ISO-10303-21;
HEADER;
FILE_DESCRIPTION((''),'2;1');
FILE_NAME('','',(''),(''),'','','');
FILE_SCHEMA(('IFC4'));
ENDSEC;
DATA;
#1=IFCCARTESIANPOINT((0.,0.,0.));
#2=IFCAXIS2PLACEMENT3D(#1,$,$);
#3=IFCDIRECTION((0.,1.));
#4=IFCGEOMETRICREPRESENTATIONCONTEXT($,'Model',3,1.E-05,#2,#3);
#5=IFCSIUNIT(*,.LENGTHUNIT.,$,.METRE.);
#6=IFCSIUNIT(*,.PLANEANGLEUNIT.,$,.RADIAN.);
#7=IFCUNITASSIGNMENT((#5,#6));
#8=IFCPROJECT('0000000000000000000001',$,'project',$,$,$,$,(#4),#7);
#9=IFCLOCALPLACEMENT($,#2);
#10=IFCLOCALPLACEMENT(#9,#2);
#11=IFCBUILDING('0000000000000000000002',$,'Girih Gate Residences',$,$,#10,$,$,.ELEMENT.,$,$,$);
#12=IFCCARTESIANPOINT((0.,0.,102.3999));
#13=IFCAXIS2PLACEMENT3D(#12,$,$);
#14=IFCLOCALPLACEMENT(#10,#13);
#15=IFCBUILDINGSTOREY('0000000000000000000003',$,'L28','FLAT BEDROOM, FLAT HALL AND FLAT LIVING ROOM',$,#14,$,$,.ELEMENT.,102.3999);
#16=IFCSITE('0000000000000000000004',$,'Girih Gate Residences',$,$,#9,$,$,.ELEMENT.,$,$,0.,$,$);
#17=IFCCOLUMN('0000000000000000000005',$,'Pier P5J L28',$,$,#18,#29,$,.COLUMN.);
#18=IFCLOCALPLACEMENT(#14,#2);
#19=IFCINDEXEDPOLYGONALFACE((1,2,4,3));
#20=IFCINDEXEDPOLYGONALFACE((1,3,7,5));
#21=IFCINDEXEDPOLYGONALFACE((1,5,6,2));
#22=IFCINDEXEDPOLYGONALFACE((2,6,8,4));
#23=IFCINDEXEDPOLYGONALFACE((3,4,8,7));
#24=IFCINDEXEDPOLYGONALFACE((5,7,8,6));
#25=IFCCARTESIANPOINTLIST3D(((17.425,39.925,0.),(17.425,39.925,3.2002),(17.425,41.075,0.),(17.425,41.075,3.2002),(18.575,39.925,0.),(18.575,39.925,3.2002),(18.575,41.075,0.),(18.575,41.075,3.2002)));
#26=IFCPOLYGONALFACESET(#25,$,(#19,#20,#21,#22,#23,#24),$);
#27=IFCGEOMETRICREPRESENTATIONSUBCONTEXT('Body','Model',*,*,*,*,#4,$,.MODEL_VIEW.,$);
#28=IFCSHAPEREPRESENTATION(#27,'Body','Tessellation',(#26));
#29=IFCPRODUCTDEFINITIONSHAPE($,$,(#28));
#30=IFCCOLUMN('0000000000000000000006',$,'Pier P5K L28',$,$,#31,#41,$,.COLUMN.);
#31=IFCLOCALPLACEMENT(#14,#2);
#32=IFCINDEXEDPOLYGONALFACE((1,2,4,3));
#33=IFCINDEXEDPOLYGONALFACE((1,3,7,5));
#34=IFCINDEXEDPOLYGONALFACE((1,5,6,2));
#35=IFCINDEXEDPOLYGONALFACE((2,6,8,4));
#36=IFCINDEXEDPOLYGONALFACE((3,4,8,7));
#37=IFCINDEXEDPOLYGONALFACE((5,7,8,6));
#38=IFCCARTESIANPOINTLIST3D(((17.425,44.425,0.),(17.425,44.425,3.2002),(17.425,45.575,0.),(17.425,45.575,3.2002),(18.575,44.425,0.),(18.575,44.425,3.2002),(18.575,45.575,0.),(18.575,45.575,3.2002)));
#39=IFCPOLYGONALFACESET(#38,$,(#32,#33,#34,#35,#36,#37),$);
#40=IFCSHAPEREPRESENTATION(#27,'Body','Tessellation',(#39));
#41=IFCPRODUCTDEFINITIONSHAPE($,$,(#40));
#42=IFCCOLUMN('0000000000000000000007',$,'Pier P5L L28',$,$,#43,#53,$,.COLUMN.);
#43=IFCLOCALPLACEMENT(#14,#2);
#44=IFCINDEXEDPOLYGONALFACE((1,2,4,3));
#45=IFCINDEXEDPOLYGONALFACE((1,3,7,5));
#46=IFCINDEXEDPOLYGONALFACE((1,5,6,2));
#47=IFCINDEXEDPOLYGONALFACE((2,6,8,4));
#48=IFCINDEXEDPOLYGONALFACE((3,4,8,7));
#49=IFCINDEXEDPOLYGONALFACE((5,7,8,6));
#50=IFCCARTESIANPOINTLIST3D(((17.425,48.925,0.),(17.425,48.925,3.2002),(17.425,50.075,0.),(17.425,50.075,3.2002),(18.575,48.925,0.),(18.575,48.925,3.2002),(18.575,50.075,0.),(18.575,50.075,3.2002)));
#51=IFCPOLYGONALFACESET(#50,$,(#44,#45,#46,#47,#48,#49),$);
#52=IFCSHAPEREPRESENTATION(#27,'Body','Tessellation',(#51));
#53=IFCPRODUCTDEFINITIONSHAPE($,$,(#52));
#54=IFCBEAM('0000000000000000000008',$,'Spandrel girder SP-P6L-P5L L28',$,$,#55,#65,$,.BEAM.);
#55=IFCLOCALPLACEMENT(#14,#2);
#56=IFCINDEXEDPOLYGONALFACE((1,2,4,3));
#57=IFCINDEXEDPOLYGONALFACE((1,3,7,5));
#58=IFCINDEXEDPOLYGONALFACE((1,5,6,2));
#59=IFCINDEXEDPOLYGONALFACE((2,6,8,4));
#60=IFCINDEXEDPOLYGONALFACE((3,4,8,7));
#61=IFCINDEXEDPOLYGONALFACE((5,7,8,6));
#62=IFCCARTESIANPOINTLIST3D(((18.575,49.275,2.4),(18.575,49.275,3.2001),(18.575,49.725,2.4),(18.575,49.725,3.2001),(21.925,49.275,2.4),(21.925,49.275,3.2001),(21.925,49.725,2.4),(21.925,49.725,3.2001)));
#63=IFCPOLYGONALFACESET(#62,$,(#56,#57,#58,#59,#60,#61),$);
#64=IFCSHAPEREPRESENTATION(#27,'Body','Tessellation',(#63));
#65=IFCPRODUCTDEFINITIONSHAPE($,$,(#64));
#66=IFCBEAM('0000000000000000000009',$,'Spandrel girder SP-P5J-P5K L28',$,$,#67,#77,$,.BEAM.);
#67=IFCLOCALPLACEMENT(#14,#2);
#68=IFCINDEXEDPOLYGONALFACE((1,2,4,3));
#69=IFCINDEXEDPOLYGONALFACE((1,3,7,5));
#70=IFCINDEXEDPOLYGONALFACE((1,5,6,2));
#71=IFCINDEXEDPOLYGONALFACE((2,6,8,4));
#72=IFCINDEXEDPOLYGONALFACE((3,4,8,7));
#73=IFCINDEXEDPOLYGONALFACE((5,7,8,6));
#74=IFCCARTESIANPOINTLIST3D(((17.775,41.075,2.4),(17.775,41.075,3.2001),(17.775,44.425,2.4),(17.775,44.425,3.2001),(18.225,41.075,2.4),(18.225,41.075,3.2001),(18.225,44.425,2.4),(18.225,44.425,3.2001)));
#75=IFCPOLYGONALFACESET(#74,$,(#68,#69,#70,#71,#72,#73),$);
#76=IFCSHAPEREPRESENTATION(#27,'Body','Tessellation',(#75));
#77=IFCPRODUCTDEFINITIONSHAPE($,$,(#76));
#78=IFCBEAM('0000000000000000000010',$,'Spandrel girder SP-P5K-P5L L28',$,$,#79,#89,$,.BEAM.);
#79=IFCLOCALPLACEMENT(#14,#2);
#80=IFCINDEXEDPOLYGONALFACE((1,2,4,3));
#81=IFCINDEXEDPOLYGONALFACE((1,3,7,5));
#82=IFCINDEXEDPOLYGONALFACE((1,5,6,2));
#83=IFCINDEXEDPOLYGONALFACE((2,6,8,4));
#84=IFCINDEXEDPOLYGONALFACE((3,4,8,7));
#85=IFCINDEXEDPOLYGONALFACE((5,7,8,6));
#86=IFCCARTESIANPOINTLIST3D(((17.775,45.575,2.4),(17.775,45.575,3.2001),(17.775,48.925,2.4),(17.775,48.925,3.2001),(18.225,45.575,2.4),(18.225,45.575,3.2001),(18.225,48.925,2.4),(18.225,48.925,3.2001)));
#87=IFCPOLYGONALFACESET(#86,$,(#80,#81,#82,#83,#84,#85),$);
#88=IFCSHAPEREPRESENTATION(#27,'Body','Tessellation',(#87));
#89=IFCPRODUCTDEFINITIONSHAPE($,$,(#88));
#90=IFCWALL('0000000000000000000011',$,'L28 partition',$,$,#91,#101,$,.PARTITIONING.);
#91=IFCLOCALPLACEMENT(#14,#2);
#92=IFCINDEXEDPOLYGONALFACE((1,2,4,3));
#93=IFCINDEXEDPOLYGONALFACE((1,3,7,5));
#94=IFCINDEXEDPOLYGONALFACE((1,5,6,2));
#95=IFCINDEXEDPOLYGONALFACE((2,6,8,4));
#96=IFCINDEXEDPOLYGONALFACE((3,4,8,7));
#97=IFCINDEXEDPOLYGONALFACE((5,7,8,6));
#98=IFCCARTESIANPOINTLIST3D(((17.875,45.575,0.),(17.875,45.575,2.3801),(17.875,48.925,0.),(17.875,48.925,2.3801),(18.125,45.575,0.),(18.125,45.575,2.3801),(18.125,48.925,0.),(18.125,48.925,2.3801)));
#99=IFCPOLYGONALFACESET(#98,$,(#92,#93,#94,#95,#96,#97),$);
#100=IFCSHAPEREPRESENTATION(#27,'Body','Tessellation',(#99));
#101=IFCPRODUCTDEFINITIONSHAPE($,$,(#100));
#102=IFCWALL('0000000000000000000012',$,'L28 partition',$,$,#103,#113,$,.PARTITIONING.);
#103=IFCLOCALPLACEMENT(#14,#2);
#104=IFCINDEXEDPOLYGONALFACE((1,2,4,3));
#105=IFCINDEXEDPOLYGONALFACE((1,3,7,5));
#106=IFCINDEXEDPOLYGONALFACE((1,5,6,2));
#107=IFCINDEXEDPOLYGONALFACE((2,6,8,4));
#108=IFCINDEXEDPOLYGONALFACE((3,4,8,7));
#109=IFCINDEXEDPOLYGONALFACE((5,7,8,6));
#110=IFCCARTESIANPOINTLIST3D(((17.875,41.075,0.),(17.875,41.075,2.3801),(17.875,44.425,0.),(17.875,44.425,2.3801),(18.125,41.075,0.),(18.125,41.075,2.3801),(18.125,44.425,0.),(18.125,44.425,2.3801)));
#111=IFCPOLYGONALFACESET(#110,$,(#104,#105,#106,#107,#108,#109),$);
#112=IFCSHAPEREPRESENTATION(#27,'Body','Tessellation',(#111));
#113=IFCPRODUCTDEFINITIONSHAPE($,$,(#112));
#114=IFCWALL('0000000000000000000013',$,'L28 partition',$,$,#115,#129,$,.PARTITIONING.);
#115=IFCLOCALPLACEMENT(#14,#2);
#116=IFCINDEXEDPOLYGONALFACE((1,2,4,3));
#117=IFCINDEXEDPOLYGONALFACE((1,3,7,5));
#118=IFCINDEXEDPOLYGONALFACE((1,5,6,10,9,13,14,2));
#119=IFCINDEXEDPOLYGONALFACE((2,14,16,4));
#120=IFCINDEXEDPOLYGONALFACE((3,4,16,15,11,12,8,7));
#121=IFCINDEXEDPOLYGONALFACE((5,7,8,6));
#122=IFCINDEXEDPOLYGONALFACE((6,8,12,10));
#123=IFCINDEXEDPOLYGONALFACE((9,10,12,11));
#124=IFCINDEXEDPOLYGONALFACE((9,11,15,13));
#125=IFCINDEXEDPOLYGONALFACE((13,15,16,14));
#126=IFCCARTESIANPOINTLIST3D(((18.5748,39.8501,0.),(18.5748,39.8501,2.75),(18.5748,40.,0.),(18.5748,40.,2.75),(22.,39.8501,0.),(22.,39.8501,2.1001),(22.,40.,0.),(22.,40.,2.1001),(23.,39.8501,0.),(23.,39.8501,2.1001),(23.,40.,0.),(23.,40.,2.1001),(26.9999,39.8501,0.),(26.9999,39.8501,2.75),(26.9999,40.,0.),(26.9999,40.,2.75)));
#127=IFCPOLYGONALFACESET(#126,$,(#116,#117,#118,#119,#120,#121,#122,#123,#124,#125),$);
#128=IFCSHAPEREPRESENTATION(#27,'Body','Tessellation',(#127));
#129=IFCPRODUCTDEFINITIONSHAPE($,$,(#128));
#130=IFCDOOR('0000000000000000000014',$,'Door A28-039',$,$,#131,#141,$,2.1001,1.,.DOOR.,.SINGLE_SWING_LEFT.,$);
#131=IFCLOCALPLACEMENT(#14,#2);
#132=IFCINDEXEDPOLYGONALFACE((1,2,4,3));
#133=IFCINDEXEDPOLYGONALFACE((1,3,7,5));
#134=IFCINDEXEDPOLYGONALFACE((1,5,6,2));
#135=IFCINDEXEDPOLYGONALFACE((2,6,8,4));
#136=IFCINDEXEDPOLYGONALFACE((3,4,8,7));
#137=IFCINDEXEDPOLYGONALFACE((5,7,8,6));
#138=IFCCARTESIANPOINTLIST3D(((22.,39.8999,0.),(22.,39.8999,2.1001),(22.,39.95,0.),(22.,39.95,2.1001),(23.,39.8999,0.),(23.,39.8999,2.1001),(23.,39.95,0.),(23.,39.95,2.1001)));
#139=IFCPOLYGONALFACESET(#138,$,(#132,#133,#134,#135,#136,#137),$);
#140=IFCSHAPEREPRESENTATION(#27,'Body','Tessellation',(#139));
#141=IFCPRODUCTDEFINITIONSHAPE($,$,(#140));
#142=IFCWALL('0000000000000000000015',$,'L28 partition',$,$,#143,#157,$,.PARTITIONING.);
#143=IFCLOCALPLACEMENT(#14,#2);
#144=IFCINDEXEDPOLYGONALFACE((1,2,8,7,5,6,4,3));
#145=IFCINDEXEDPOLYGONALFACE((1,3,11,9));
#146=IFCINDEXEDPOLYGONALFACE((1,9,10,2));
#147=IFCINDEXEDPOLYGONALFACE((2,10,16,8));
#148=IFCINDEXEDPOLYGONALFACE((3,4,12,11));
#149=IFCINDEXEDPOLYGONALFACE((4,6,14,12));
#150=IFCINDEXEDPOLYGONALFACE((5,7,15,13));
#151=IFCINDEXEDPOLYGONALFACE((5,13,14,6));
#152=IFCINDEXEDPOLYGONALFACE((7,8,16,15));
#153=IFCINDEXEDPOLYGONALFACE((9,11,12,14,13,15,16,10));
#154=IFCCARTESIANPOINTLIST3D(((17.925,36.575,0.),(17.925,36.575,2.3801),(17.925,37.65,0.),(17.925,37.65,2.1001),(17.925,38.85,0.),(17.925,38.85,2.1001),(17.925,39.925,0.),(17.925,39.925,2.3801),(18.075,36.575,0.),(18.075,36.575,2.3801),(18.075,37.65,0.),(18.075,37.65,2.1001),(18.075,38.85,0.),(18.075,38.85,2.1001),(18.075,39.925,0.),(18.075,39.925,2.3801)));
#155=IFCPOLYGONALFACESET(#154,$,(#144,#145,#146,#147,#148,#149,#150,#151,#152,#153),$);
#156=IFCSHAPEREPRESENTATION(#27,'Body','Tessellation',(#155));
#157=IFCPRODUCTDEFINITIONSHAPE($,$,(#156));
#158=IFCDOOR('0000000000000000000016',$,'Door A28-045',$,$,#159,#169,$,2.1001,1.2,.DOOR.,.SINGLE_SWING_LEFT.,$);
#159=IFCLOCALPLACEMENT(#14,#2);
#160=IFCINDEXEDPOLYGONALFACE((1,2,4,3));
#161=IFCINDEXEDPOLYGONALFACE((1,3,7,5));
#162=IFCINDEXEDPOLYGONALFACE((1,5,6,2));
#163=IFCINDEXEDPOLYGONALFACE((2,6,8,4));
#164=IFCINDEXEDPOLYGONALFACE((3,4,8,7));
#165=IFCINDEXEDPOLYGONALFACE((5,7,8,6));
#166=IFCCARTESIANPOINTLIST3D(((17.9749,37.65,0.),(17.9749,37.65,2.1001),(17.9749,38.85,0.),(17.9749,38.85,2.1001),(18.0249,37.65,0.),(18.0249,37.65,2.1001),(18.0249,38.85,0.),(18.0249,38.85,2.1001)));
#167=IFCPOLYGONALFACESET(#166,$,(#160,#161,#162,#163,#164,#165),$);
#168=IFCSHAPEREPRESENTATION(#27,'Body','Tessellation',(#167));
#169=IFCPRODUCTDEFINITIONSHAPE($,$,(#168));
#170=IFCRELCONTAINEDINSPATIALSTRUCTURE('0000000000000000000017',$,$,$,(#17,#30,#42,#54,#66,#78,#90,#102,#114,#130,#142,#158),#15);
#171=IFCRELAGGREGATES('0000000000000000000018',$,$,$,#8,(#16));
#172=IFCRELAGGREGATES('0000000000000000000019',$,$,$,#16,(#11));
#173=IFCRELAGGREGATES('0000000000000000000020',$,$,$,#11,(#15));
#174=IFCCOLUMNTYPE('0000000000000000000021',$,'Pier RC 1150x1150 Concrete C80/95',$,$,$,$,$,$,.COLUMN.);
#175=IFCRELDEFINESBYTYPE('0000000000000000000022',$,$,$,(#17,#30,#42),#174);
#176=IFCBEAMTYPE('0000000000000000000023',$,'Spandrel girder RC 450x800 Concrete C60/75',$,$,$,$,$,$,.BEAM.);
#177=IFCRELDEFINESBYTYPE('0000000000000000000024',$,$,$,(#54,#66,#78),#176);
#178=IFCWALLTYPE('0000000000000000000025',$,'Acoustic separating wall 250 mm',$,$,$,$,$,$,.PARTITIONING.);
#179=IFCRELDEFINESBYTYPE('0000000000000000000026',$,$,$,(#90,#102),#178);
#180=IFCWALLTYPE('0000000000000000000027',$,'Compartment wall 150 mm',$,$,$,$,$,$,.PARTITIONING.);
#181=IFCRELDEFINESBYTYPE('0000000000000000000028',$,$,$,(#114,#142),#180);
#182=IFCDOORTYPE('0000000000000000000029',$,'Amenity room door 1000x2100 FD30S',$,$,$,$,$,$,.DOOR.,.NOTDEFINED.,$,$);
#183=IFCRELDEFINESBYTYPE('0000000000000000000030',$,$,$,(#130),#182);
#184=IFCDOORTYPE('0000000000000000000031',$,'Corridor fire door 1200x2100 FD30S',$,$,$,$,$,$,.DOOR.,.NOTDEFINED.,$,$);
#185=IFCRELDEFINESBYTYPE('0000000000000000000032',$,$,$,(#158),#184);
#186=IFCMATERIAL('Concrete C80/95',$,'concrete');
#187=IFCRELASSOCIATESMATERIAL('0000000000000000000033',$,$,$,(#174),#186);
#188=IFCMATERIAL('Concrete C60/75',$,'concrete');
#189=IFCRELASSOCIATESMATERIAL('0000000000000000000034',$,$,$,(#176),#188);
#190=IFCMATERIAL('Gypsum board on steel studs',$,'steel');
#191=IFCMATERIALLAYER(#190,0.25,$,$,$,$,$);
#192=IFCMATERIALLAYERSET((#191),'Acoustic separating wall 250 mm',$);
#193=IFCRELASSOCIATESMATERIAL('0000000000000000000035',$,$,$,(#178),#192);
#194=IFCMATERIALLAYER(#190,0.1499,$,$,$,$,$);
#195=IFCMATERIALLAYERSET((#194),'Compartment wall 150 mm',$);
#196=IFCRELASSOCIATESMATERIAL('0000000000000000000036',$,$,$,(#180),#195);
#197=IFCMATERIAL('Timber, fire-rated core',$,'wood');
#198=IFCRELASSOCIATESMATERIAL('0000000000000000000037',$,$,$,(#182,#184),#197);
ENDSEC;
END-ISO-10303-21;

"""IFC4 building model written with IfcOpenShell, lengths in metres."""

from ifc_helpers import new_model, si_unit, direction, frame, frame_2d, origin, origin_2d, place, context, subcontext, project, spatial, rectangle, extrude, material, layer, layer_set, material_profile, profile_set, type_object, element, fill, save


model = new_model("IFC4")

# Units and contexts
model_context = context("Model", 3, precision=1e-05, world=origin(), true_north=direction((0.0, 1.0)))
body_context = subcontext(model_context, "Body", "Model", "MODEL_VIEW")
ifc_project = project(units=[si_unit("LENGTHUNIT", "METRE"), si_unit("PLANEANGLEUNIT", "RADIAN")], contexts=[model_context])

# Site, building, storey
site_placement = place(None, origin())
site = spatial("IfcSite", under=ifc_project, at=site_placement, Name="Girih Gate Residences", CompositionType="ELEMENT", RefElevation=0.0)
building_placement = place(site_placement, origin())
building = spatial("IfcBuilding", under=site, at=building_placement, Name="Girih Gate Residences", CompositionType="ELEMENT")
storey_placement = place(building_placement, frame((0.0, 0.0, 102.3999)))
storey = spatial("IfcBuildingStorey", under=building, at=storey_placement, Name="L28", Description="FLAT BEDROOM, FLAT HALL AND FLAT LIVING ROOM", CompositionType="ELEMENT", Elevation=102.3999)

# Columns
ifc_material_1 = material(Name="Concrete C80/95", Category="concrete")
ifc_material_profile_1 = material_profile(ifc_material_1, rectangle(XDim=1.1499, YDim=1.1499, at=origin_2d()))
ifc_profile_set_1 = profile_set([ifc_material_profile_1], Name="Concrete C80/95")
column_type = type_object("IfcColumnType", Name="Pier RC 1150x1150 Concrete C80/95", PredefinedType="COLUMN", material=ifc_profile_set_1)
for number, where, z_axis, x_axis, name in (
    (1, (18.0, 40.5, 0.0), (0.0, 0.0, 1.0), (1.0, 0.0, 0.0), "Pier P5J L28"),
    (2, (18.0, 45.0, 0.0), (0.0, 0.0, 1.0), (1.0, 0.0, 0.0), "Pier P5K L28"),
    (3, (18.0, 49.5, 0.0), (0.0, 0.0, 1.0), (1.0, 0.0, 0.0), "Pier P5L L28"),
):
    element("IfcColumn", number, at=place(storey_placement, frame(where, z_axis=z_axis, x_axis=x_axis)), inside=storey, type_object=column_type, Name=name, PredefinedType="COLUMN", context=body_context, shape_type="SweptSolid", body=[
        extrude(rectangle(XDim=1.1499, YDim=1.1499, at=origin_2d()), origin(), (0.0, 0.0, 1.0), 3.2002),
    ])

# Beams
ifc_material_2 = material(Name="Concrete C60/75", Category="concrete")
ifc_material_profile_2 = material_profile(ifc_material_2, rectangle(XDim=0.45, YDim=0.8, at=origin_2d()))
ifc_profile_set_2 = profile_set([ifc_material_profile_2], Name="Concrete C60/75")
beam_type = type_object("IfcBeamType", Name="Spandrel girder RC 450x800 Concrete C60/75", PredefinedType="BEAM", material=ifc_profile_set_2)
for number, where, z_axis, x_axis, name in (
    (4, (21.925, 49.5, 2.8), (-1.0, 0.0, 0.0), (0.0, -1.0, 0.0), "Spandrel girder SP-P6L-P5L L28"),
    (5, (18.0, 41.075, 2.8), (0.0, 1.0, 0.0), (-1.0, 0.0, 0.0), "Spandrel girder SP-P5J-P5K L28"),
    (6, (18.0, 45.575, 2.8), (0.0, 1.0, 0.0), (-1.0, 0.0, 0.0), "Spandrel girder SP-P5K-P5L L28"),
):
    element("IfcBeam", number, at=place(storey_placement, frame(where, z_axis=z_axis, x_axis=x_axis)), inside=storey, type_object=beam_type, Name=name, PredefinedType="BEAM", context=body_context, shape_type="SweptSolid", body=[
        extrude(rectangle(XDim=0.45, YDim=0.8, at=origin_2d()), origin(), (0.0, 0.0, 1.0), 3.3501),
    ])

# Walls
ifc_material_3 = material(Name="Gypsum board on steel studs", Category="steel")
ifc_layer_1 = layer(ifc_material_3, 0.25)
ifc_layer_set_1 = layer_set([ifc_layer_1], Name="Acoustic separating wall 250 mm")
wall_type_1 = type_object("IfcWallType", Name="Acoustic separating wall 250 mm", PredefinedType="PARTITIONING", material=ifc_layer_set_1)
for number, where, z_axis, x_axis, name in (
    (7, (18.0, 45.575, 0.0), (0.0, 0.0, 1.0), (0.0, 1.0, 0.0), "L28 partition"),
    (8, (18.0, 41.075, 0.0), (0.0, 0.0, 1.0), (0.0, 1.0, 0.0), "L28 partition"),
):
    element("IfcWall", number, at=place(storey_placement, frame(where, z_axis=z_axis, x_axis=x_axis)), inside=storey, type_object=wall_type_1, Name=name, PredefinedType="PARTITIONING", context=body_context, shape_type="SweptSolid", body=[
        extrude(rectangle(XDim=3.3501, YDim=0.25, at=frame_2d((1.675, 0.0))), origin(), (0.0, 0.0, 1.0), 2.3801),
    ])

# Walls, openings, doors
ifc_layer_2 = layer(ifc_material_3, 0.1499)
ifc_layer_set_2 = layer_set([ifc_layer_2], Name="Compartment wall 150 mm")
wall_type_2 = type_object("IfcWallType", Name="Compartment wall 150 mm", PredefinedType="PARTITIONING", material=ifc_layer_set_2)
wall_1_placement = place(storey_placement, frame((18.575, 39.925, 0.0), z_axis=(0.0, 0.0, 1.0), x_axis=(1.0, 0.0, 0.0)))
wall_1 = element("IfcWall", 9, at=wall_1_placement, inside=storey, type_object=wall_type_2, Name="L28 partition", PredefinedType="PARTITIONING", context=body_context, shape_type="SweptSolid", body=[
    extrude(rectangle(XDim=8.425, YDim=0.1499, at=frame_2d((4.2124, 0.0))), origin(), (0.0, 0.0, 1.0), 2.75),
])
opening_1_placement = place(wall_1_placement, frame((3.425, 0.0, 0.0)))
opening_1 = element("IfcOpeningElement", 10, at=opening_1_placement, cuts=wall_1, PredefinedType="OPENING", context=body_context, shape_type="SweptSolid", body=[
    extrude(rectangle(XDim=1.0, YDim=2.1001, at=frame_2d((0.5, 1.05))), frame((0.0, 0.085, 0.0), z_axis=(0.0, -1.0, 0.0), x_axis=(1.0, 0.0, 0.0)), (0.0, 0.0, 1.0), 0.1699),
])
ifc_material_4 = material(Name="Timber, fire-rated core", Category="wood")
door_type_1 = type_object("IfcDoorType", Name="Amenity room door 1000x2100 FD30S", OperationType="NOTDEFINED", PredefinedType="DOOR", material=ifc_material_4)
door_1_placement = place(opening_1_placement, origin())
door_1 = element("IfcDoor", 11, at=door_1_placement, inside=storey, type_object=door_type_1, Name="Door A28-039", OperationType="SINGLE_SWING_LEFT", OverallHeight=2.1001, OverallWidth=1.0, PredefinedType="DOOR", context=body_context, shape_type="SweptSolid", body=[
    extrude(rectangle(XDim=1.0, YDim=2.1001, at=frame_2d((0.5, 1.05))), frame((0.0, 0.0249, 0.0), z_axis=(0.0, -1.0, 0.0), x_axis=(1.0, 0.0, 0.0)), (0.0, 0.0, 1.0), 0.05),
])
fill(opening_1, door_1)
wall_2_placement = place(storey_placement, frame((18.0, 39.925, 0.0), z_axis=(0.0, 0.0, 1.0), x_axis=(0.0, -1.0, 0.0)))
wall_2 = element("IfcWall", 12, at=wall_2_placement, inside=storey, type_object=wall_type_2, Name="L28 partition", PredefinedType="PARTITIONING", context=body_context, shape_type="SweptSolid", body=[
    extrude(rectangle(XDim=3.3501, YDim=0.1499, at=frame_2d((1.675, 0.0))), origin(), (0.0, 0.0, 1.0), 2.3801),
])
opening_2_placement = place(wall_2_placement, frame((1.075, 0.0, 0.0)))
opening_2 = element("IfcOpeningElement", 13, at=opening_2_placement, cuts=wall_2, PredefinedType="OPENING", context=body_context, shape_type="SweptSolid", body=[
    extrude(rectangle(XDim=1.2, YDim=2.1001, at=frame_2d((0.6001, 1.05))), frame((0.0, 0.085, 0.0), z_axis=(0.0, -1.0, 0.0), x_axis=(1.0, 0.0, 0.0)), (0.0, 0.0, 1.0), 0.1699),
])
door_type_2 = type_object("IfcDoorType", Name="Corridor fire door 1200x2100 FD30S", OperationType="NOTDEFINED", PredefinedType="DOOR", material=ifc_material_4)
door_2_placement = place(opening_2_placement, origin())
door_2 = element("IfcDoor", 14, at=door_2_placement, inside=storey, type_object=door_type_2, Name="Door A28-045", OperationType="SINGLE_SWING_LEFT", OverallHeight=2.1001, OverallWidth=1.2, PredefinedType="DOOR", context=body_context, shape_type="SweptSolid", body=[
    extrude(rectangle(XDim=1.2, YDim=2.1001, at=frame_2d((0.6001, 1.05))), frame((0.0, 0.0249, 0.0), z_axis=(0.0, -1.0, 0.0), x_axis=(1.0, 0.0, 0.0)), (0.0, 0.0, 1.0), 0.05),
])
fill(opening_2, door_2)

save(model, "model.ifc")
